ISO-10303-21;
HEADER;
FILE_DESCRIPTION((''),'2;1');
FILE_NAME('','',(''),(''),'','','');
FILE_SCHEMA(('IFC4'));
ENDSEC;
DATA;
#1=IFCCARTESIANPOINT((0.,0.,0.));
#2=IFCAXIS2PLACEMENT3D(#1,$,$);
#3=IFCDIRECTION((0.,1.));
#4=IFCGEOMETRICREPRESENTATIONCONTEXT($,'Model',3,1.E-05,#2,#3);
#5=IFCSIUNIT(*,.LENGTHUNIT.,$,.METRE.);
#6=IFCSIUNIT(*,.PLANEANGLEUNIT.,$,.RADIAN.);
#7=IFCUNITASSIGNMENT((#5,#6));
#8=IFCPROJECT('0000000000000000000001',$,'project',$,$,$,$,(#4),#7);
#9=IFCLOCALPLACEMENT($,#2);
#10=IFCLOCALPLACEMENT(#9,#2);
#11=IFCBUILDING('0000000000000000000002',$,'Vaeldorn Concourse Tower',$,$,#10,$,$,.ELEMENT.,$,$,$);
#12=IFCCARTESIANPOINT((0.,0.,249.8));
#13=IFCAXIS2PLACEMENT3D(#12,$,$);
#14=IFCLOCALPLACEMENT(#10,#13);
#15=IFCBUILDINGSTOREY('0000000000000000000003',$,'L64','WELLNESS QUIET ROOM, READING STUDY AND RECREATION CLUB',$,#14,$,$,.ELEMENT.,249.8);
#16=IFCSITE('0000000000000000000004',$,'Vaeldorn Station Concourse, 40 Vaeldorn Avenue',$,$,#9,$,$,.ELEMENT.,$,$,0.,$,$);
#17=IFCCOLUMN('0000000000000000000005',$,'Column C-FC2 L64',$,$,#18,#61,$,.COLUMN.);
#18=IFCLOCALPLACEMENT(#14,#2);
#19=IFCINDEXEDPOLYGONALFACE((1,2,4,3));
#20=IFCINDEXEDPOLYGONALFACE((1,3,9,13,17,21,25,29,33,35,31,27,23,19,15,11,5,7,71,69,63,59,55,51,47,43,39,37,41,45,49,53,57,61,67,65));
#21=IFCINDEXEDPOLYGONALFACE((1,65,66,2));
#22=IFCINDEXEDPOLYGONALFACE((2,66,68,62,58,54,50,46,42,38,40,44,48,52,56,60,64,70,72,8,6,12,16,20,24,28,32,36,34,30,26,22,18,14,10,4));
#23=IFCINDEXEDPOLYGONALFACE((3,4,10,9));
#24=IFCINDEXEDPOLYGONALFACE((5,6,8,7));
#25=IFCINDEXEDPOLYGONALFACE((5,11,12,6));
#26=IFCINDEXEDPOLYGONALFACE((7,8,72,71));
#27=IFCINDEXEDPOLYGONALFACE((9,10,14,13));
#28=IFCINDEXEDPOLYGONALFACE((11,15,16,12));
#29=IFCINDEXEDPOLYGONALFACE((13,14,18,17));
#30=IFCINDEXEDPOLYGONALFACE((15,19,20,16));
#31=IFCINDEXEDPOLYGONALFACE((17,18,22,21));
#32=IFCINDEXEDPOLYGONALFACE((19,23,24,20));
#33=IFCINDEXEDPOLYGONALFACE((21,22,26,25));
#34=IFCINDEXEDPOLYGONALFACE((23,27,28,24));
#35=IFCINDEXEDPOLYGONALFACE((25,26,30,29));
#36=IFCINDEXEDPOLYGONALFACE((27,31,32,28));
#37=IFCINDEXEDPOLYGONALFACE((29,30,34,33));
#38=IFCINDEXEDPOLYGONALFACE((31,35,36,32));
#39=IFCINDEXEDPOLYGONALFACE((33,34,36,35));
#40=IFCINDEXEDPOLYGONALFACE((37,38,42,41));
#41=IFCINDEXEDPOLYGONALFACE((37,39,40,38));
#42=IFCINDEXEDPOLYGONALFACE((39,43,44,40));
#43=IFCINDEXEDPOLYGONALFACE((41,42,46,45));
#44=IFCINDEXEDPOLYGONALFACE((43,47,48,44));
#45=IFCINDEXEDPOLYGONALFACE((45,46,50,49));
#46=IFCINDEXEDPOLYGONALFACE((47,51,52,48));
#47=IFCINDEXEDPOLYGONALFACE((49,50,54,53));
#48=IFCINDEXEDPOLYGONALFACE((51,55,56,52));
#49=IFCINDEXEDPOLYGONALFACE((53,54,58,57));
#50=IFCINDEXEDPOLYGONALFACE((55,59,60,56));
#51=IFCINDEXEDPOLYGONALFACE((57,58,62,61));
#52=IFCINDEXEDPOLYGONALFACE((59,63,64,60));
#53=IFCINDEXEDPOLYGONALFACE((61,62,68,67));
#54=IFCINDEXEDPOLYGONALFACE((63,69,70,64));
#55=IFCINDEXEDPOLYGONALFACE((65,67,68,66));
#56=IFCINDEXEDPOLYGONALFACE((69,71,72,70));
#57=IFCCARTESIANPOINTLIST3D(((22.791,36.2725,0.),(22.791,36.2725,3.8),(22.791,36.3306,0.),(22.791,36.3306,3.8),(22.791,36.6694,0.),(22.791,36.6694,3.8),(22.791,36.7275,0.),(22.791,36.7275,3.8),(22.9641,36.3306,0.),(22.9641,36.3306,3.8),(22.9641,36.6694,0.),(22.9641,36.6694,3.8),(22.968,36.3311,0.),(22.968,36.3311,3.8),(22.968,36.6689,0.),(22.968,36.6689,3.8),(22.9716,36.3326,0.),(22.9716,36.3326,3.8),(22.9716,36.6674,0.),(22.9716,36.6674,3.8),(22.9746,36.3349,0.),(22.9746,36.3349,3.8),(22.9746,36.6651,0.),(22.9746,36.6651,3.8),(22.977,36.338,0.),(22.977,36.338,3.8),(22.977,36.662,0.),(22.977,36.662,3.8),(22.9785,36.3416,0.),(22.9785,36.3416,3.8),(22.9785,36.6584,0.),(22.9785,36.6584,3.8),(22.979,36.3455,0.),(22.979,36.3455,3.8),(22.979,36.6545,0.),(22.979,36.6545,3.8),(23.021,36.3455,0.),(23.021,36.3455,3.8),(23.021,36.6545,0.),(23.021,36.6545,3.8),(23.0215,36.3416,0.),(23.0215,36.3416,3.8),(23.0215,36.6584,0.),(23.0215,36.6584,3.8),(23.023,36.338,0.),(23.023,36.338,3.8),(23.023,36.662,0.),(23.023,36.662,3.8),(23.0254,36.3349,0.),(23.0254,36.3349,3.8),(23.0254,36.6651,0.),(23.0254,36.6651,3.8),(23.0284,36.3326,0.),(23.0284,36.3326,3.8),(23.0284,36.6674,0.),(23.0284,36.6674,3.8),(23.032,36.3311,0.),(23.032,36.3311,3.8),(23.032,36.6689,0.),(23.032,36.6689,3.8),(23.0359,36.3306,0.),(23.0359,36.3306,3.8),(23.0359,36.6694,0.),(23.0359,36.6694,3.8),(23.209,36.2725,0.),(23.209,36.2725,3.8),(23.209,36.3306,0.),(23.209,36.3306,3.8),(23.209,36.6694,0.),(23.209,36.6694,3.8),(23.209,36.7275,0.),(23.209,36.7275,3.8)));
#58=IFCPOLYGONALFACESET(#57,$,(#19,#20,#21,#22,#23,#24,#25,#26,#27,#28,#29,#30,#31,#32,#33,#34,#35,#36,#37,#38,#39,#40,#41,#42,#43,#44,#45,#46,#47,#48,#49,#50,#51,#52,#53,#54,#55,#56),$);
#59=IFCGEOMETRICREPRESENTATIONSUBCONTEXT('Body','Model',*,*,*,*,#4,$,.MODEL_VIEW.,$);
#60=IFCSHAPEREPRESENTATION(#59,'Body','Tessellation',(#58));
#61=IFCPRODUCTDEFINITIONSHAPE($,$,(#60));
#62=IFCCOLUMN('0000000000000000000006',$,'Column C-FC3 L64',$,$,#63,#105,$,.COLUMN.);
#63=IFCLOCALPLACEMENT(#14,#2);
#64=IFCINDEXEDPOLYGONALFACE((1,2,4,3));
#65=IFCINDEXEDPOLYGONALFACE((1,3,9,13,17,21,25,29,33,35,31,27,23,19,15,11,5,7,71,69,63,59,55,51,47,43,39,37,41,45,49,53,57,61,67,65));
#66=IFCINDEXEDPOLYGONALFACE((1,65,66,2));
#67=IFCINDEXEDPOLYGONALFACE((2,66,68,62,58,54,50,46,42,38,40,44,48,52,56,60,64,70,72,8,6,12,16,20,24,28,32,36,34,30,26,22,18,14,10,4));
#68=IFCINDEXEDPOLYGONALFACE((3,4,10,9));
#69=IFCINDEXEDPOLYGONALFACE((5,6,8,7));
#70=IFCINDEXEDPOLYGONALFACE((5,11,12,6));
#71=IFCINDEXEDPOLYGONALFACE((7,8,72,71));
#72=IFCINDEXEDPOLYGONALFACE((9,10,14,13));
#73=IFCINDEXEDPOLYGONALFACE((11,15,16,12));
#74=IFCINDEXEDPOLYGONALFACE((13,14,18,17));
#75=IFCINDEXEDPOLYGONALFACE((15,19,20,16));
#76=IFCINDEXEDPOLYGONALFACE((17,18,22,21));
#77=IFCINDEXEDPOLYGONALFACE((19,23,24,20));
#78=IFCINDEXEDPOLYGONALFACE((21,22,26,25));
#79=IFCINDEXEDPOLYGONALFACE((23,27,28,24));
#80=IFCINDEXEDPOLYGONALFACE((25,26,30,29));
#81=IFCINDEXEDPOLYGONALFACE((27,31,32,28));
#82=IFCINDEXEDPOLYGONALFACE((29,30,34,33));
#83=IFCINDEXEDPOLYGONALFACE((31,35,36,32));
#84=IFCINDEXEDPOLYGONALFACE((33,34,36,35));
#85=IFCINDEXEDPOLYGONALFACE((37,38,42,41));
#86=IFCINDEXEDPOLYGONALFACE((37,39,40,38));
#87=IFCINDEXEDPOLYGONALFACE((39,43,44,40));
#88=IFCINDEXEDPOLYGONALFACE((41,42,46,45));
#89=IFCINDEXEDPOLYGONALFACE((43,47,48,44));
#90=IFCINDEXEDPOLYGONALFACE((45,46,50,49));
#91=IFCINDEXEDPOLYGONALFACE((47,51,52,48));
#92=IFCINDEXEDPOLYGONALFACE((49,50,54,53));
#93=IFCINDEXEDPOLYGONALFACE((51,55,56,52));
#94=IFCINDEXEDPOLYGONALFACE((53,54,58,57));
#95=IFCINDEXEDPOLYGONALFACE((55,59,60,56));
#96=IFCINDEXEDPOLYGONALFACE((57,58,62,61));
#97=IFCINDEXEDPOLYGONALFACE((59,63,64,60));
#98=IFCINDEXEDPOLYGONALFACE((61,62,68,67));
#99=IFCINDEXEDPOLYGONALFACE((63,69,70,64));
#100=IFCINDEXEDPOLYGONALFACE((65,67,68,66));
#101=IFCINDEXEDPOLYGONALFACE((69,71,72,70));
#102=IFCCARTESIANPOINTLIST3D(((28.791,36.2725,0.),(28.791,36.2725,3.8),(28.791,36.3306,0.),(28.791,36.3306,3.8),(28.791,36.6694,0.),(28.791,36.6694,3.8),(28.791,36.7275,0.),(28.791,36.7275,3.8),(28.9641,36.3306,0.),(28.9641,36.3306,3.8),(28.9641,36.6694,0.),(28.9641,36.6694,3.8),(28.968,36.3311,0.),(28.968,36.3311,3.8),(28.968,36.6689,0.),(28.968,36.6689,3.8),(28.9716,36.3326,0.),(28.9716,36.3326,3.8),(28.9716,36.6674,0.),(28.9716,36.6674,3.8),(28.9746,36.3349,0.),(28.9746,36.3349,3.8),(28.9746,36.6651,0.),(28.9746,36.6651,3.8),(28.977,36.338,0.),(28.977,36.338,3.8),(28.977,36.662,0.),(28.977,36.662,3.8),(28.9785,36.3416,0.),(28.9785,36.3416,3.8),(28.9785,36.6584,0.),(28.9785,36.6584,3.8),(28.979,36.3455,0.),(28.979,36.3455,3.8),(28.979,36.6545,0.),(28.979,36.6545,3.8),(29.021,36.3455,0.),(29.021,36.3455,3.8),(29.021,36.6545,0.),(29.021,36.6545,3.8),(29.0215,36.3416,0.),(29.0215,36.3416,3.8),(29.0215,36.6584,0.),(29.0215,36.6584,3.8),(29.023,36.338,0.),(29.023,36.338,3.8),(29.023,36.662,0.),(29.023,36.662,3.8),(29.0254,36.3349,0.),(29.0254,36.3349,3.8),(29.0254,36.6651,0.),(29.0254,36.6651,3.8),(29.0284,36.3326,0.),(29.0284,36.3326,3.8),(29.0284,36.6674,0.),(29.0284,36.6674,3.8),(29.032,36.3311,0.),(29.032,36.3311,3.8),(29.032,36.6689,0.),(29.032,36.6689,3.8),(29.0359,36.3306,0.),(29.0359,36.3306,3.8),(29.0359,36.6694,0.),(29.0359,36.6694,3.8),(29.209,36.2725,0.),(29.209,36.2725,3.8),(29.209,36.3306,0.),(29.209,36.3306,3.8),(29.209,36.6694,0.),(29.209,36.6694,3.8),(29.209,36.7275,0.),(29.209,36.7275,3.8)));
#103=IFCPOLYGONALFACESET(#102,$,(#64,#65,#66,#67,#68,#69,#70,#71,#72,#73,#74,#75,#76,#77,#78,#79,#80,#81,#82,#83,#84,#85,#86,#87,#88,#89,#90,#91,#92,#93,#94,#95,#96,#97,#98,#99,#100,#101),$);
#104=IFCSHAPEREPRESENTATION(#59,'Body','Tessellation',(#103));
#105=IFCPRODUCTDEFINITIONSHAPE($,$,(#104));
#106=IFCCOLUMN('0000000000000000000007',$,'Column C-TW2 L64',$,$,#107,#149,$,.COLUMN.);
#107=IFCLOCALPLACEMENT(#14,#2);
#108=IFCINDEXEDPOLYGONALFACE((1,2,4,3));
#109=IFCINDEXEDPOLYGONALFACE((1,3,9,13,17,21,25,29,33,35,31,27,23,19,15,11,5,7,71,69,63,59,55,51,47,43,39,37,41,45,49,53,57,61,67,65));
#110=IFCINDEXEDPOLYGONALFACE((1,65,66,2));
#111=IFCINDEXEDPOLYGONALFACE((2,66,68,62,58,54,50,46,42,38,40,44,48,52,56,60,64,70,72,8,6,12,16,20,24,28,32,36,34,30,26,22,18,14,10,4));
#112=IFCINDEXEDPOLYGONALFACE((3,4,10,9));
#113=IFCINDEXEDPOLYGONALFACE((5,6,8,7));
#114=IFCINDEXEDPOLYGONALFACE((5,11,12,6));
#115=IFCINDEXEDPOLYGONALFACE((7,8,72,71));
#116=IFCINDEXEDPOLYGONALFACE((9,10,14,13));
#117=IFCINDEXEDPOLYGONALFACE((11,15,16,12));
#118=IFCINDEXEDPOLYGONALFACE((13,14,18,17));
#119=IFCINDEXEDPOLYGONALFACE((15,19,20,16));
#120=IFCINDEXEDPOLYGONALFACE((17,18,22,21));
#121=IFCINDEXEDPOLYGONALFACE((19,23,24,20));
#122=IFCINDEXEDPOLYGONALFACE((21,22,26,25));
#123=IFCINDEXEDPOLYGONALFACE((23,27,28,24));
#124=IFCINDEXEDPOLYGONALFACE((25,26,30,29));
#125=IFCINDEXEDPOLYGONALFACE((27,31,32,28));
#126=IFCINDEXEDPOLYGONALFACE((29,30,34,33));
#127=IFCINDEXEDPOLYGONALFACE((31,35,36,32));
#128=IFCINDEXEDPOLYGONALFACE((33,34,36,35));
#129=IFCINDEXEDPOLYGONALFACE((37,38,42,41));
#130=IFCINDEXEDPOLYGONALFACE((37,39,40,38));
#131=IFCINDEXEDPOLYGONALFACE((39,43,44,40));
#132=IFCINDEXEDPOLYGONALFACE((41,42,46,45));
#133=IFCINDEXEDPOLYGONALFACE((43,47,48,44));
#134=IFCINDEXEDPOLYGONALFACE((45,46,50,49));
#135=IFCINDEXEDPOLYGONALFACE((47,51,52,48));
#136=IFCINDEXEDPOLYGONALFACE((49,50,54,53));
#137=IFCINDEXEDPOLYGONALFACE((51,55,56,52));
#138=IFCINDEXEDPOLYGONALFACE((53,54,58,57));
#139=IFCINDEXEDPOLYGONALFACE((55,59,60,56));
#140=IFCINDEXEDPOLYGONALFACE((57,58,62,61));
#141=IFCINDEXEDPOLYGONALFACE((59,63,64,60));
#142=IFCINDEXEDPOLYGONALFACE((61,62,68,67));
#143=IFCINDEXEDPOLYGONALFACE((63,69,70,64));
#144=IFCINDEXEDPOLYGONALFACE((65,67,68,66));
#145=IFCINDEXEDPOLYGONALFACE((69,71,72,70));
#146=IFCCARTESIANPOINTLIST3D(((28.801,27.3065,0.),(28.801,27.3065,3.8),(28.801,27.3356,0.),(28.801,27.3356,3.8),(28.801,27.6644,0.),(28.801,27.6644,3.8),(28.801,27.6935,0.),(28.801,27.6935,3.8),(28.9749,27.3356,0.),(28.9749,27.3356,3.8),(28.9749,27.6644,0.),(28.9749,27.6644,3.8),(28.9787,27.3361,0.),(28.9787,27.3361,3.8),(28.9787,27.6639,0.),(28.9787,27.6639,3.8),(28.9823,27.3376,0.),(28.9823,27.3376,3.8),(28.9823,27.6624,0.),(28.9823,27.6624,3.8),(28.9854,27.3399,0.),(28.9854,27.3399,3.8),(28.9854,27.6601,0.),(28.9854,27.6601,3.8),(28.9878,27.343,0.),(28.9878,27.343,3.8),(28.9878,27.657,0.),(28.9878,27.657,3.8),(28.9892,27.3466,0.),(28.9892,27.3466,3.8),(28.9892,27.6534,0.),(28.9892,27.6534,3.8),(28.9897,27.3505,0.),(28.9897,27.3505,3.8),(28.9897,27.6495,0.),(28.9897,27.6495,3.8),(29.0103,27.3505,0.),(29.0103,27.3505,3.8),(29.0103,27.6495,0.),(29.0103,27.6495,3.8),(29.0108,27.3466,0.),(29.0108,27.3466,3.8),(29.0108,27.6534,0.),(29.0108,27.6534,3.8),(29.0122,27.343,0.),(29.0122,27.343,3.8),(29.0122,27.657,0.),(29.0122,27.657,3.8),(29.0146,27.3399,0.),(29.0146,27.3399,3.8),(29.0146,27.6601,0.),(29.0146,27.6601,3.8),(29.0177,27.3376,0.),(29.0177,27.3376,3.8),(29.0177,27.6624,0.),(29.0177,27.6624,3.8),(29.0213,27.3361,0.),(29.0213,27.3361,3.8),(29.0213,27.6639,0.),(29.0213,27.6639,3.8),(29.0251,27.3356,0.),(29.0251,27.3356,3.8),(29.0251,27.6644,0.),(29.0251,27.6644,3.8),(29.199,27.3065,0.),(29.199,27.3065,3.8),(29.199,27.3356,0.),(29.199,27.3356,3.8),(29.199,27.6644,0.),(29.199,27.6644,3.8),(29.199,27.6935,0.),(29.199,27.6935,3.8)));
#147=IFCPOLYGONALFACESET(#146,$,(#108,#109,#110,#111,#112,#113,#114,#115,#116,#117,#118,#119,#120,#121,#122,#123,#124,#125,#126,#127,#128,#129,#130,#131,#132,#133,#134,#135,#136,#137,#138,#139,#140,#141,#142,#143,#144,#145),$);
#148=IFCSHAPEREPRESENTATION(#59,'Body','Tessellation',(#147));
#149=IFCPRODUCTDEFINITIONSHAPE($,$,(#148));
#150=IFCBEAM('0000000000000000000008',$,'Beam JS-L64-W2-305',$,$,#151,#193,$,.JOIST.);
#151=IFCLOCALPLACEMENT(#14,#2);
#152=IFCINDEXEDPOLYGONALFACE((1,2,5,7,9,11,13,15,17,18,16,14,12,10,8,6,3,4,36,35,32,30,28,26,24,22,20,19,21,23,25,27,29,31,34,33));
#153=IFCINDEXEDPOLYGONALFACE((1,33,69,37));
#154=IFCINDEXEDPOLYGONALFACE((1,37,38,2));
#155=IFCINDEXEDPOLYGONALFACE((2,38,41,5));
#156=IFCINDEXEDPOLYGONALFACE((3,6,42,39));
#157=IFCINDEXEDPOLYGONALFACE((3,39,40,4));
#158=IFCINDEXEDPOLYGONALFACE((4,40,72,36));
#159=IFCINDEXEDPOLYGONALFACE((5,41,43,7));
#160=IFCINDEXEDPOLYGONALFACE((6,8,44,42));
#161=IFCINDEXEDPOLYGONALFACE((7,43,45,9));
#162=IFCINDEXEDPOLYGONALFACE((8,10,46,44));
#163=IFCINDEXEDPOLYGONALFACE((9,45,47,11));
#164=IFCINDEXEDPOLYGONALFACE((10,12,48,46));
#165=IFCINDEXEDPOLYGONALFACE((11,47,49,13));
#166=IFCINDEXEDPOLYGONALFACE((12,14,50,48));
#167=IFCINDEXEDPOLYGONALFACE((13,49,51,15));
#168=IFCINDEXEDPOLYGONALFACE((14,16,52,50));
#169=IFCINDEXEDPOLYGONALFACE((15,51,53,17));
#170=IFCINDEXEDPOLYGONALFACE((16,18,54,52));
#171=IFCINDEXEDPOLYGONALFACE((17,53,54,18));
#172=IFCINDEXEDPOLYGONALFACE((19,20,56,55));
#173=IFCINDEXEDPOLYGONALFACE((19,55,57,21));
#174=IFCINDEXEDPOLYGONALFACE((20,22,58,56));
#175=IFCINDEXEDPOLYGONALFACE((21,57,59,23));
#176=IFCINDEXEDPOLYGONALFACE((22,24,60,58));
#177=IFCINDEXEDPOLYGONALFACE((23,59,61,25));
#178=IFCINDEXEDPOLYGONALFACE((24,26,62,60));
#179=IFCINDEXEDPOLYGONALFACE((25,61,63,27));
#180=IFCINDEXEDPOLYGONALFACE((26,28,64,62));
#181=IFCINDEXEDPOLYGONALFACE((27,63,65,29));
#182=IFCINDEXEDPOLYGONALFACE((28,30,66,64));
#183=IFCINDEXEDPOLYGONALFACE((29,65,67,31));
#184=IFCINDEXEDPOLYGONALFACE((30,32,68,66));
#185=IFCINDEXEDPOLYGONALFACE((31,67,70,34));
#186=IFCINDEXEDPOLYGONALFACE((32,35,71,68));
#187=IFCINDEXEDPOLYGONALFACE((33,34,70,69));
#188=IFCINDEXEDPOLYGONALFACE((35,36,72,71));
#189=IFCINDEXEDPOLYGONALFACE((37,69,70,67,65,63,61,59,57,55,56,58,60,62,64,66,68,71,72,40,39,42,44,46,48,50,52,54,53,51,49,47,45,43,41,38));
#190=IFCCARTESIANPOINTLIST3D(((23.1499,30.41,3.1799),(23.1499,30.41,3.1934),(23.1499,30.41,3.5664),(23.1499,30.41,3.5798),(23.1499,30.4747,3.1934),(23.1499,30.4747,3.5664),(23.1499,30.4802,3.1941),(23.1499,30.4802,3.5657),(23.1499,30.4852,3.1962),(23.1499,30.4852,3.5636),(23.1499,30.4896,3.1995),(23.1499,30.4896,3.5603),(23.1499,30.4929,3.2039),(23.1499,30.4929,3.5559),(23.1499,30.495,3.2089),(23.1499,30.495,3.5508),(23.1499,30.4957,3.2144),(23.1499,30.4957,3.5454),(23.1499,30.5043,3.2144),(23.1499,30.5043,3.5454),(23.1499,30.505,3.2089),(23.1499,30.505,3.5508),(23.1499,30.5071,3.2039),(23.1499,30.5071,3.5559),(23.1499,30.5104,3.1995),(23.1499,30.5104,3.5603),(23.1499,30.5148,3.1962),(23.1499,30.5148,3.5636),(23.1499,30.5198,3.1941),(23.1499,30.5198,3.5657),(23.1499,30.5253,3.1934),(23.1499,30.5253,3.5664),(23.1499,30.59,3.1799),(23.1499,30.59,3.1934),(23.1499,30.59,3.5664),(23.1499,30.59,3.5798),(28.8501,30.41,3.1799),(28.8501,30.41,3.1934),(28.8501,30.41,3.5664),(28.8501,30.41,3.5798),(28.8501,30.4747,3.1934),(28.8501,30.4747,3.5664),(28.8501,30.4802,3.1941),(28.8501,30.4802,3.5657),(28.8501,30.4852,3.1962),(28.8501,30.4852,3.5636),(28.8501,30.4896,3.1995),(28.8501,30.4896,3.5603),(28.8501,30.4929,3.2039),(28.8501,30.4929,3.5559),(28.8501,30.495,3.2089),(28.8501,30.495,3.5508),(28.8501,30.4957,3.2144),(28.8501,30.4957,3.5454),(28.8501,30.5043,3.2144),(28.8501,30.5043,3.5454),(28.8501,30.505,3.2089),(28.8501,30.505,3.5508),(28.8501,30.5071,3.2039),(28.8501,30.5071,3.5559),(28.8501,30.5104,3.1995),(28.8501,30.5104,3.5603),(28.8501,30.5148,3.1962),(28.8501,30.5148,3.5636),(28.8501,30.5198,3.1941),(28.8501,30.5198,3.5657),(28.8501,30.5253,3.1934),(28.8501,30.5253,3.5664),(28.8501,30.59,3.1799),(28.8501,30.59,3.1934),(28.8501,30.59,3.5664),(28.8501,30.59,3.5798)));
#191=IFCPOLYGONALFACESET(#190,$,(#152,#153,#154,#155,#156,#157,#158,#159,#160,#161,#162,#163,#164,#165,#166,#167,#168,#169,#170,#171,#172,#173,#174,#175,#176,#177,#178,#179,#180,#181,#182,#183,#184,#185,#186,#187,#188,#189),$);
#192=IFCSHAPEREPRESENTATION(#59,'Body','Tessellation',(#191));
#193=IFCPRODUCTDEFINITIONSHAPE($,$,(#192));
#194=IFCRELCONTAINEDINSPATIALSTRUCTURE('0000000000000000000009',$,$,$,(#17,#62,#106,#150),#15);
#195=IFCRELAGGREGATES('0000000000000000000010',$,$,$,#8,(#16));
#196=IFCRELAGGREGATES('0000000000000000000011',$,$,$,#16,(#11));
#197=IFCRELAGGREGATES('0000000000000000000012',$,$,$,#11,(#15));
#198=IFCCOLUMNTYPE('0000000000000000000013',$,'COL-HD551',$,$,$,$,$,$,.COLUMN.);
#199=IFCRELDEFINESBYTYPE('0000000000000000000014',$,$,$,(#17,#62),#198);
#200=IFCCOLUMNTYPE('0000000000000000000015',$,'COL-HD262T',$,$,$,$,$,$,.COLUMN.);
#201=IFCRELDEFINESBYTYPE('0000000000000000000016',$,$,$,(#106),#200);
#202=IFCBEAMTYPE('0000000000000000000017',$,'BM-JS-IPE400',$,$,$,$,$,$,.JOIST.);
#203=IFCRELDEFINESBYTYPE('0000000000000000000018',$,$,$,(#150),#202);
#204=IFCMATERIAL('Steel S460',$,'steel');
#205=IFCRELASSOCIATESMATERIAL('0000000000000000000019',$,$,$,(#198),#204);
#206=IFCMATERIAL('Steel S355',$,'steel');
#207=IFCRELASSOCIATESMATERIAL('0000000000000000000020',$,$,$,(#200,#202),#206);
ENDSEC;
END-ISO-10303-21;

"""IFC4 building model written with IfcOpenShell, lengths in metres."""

from ifc_helpers import new_model, si_unit, direction, frame, origin, origin_2d, place, context, subcontext, project, spatial, i_section, extrude, source, transform, mapped, material, material_profile, profile_set, type_object, element, save


model = new_model("IFC4")

# Units and contexts
model_context = context("Model", 3, precision=1e-05, world=origin(), true_north=direction((0.0, 1.0)))
body_context = subcontext(model_context, "Body", "Model", "MODEL_VIEW")
ifc_project = project(units=[si_unit("LENGTHUNIT", "METRE"), si_unit("PLANEANGLEUNIT", "RADIAN")], contexts=[model_context])

# Site, building, storey
site_placement = place(None, origin())
site = spatial("IfcSite", under=ifc_project, at=site_placement, Name="Vaeldorn Station Concourse, 40 Vaeldorn Avenue", CompositionType="ELEMENT", RefElevation=0.0)
building_placement = place(site_placement, origin())
building = spatial("IfcBuilding", under=site, at=building_placement, Name="Vaeldorn Concourse Tower", CompositionType="ELEMENT")
storey_placement = place(building_placement, frame((0.0, 0.0, 249.8)))
storey = spatial("IfcBuildingStorey", under=building, at=storey_placement, Name="L64", Description="WELLNESS QUIET ROOM, READING STUDY AND RECREATION CLUB", CompositionType="ELEMENT", Elevation=249.8)

# Columns
ifc_material_1 = material(Name="Steel S460", Category="steel")
ifc_material_profile_1 = material_profile(ifc_material_1, i_section(OverallWidth=0.418, OverallDepth=0.4551, WebThickness=0.042, FlangeThickness=0.0581, FilletRadius=0.0149, at=origin_2d()), Name="HD 400x551")
ifc_profile_set_1 = profile_set([ifc_material_profile_1], Name="Steel S460")
column_type_1 = type_object("IfcColumnType", Name="COL-HD551", PredefinedType="COLUMN", material=ifc_profile_set_1)
shared_shape_1 = source(origin(), body_context, "Body", "SweptSolid", [
    extrude(i_section(OverallWidth=0.418, OverallDepth=0.4551, WebThickness=0.042, FlangeThickness=0.0581, FilletRadius=0.0149, at=origin_2d()), origin(), (0.0, 0.0, 1.0), 3.8),
])
for number, where, z_axis, x_axis, name in (
    (1, (23.0, 36.5, 0.0), (0.0, 0.0, 1.0), (1.0, 0.0, 0.0), "Column C-FC2 L64"),
    (2, (29.0, 36.5, 0.0), (0.0, 0.0, 1.0), (1.0, 0.0, 0.0), "Column C-FC3 L64"),
):
    element("IfcColumn", number, at=place(storey_placement, frame(where, z_axis=z_axis, x_axis=x_axis)), inside=storey, type_object=column_type_1, Name=name, PredefinedType="COLUMN", context=body_context, shape_type="MappedRepresentation", body=[
        mapped(shared_shape_1, transform((0.0, 0.0, 0.0), scale=1.0)),
    ])
ifc_material_2 = material(Name="Steel S355", Category="steel")
ifc_material_profile_2 = material_profile(ifc_material_2, i_section(OverallWidth=0.3979, OverallDepth=0.387, WebThickness=0.0205, FlangeThickness=0.0291, FilletRadius=0.0149, at=origin_2d()), Name="HD 400x262")
ifc_profile_set_2 = profile_set([ifc_material_profile_2], Name="Steel S355")
column_type_2 = type_object("IfcColumnType", Name="COL-HD262T", PredefinedType="COLUMN", material=ifc_profile_set_2)
shared_shape_2 = source(origin(), body_context, "Body", "SweptSolid", [
    extrude(i_section(OverallWidth=0.3979, OverallDepth=0.387, WebThickness=0.0205, FlangeThickness=0.0291, FilletRadius=0.0149, at=origin_2d()), origin(), (0.0, 0.0, 1.0), 3.8),
])
column_placement = place(storey_placement, frame((29.0, 27.5, 0.0), z_axis=(0.0, 0.0, 1.0), x_axis=(1.0, 0.0, 0.0)))
element("IfcColumn", 3, at=column_placement, inside=storey, type_object=column_type_2, Name="Column C-TW2 L64", PredefinedType="COLUMN", context=body_context, shape_type="MappedRepresentation", body=[
    mapped(shared_shape_2, transform((0.0, 0.0, 0.0), scale=1.0)),
])

# Beam
ifc_material_profile_3 = material_profile(ifc_material_2, i_section(OverallWidth=0.1799, OverallDepth=0.3999, WebThickness=0.0085, FlangeThickness=0.0134, FilletRadius=0.021, at=origin_2d()), Name="IPE 400")
ifc_profile_set_3 = profile_set([ifc_material_profile_3], Name="Steel S355")
beam_type_1 = type_object("IfcBeamType", Name="BM-JS-IPE400", PredefinedType="JOIST", material=ifc_profile_set_3)
shared_shape_3 = source(origin(), body_context, "Body", "SweptSolid", [
    extrude(i_section(OverallWidth=0.1799, OverallDepth=0.3999, WebThickness=0.0085, FlangeThickness=0.0134, FilletRadius=0.021, at=origin_2d()), origin(), (0.0, 0.0, 1.0), 5.7002),
])
for number, where, z_axis, x_axis, name in (
    (4, (23.1499, 30.5, 3.3799), (1.0, 0.0, 0.0), (0.0, 1.0, 0.0), "Beam JS-L64-W2-305"),
):
    element("IfcBeam", number, at=place(storey_placement, frame(where, z_axis=z_axis, x_axis=x_axis)), inside=storey, type_object=beam_type_1, Name=name, PredefinedType="JOIST", context=body_context, shape_type="MappedRepresentation", body=[
        mapped(shared_shape_3, transform((0.0, 0.0, 0.0), scale=1.0)),
    ])

save(model, "model.ifc")
